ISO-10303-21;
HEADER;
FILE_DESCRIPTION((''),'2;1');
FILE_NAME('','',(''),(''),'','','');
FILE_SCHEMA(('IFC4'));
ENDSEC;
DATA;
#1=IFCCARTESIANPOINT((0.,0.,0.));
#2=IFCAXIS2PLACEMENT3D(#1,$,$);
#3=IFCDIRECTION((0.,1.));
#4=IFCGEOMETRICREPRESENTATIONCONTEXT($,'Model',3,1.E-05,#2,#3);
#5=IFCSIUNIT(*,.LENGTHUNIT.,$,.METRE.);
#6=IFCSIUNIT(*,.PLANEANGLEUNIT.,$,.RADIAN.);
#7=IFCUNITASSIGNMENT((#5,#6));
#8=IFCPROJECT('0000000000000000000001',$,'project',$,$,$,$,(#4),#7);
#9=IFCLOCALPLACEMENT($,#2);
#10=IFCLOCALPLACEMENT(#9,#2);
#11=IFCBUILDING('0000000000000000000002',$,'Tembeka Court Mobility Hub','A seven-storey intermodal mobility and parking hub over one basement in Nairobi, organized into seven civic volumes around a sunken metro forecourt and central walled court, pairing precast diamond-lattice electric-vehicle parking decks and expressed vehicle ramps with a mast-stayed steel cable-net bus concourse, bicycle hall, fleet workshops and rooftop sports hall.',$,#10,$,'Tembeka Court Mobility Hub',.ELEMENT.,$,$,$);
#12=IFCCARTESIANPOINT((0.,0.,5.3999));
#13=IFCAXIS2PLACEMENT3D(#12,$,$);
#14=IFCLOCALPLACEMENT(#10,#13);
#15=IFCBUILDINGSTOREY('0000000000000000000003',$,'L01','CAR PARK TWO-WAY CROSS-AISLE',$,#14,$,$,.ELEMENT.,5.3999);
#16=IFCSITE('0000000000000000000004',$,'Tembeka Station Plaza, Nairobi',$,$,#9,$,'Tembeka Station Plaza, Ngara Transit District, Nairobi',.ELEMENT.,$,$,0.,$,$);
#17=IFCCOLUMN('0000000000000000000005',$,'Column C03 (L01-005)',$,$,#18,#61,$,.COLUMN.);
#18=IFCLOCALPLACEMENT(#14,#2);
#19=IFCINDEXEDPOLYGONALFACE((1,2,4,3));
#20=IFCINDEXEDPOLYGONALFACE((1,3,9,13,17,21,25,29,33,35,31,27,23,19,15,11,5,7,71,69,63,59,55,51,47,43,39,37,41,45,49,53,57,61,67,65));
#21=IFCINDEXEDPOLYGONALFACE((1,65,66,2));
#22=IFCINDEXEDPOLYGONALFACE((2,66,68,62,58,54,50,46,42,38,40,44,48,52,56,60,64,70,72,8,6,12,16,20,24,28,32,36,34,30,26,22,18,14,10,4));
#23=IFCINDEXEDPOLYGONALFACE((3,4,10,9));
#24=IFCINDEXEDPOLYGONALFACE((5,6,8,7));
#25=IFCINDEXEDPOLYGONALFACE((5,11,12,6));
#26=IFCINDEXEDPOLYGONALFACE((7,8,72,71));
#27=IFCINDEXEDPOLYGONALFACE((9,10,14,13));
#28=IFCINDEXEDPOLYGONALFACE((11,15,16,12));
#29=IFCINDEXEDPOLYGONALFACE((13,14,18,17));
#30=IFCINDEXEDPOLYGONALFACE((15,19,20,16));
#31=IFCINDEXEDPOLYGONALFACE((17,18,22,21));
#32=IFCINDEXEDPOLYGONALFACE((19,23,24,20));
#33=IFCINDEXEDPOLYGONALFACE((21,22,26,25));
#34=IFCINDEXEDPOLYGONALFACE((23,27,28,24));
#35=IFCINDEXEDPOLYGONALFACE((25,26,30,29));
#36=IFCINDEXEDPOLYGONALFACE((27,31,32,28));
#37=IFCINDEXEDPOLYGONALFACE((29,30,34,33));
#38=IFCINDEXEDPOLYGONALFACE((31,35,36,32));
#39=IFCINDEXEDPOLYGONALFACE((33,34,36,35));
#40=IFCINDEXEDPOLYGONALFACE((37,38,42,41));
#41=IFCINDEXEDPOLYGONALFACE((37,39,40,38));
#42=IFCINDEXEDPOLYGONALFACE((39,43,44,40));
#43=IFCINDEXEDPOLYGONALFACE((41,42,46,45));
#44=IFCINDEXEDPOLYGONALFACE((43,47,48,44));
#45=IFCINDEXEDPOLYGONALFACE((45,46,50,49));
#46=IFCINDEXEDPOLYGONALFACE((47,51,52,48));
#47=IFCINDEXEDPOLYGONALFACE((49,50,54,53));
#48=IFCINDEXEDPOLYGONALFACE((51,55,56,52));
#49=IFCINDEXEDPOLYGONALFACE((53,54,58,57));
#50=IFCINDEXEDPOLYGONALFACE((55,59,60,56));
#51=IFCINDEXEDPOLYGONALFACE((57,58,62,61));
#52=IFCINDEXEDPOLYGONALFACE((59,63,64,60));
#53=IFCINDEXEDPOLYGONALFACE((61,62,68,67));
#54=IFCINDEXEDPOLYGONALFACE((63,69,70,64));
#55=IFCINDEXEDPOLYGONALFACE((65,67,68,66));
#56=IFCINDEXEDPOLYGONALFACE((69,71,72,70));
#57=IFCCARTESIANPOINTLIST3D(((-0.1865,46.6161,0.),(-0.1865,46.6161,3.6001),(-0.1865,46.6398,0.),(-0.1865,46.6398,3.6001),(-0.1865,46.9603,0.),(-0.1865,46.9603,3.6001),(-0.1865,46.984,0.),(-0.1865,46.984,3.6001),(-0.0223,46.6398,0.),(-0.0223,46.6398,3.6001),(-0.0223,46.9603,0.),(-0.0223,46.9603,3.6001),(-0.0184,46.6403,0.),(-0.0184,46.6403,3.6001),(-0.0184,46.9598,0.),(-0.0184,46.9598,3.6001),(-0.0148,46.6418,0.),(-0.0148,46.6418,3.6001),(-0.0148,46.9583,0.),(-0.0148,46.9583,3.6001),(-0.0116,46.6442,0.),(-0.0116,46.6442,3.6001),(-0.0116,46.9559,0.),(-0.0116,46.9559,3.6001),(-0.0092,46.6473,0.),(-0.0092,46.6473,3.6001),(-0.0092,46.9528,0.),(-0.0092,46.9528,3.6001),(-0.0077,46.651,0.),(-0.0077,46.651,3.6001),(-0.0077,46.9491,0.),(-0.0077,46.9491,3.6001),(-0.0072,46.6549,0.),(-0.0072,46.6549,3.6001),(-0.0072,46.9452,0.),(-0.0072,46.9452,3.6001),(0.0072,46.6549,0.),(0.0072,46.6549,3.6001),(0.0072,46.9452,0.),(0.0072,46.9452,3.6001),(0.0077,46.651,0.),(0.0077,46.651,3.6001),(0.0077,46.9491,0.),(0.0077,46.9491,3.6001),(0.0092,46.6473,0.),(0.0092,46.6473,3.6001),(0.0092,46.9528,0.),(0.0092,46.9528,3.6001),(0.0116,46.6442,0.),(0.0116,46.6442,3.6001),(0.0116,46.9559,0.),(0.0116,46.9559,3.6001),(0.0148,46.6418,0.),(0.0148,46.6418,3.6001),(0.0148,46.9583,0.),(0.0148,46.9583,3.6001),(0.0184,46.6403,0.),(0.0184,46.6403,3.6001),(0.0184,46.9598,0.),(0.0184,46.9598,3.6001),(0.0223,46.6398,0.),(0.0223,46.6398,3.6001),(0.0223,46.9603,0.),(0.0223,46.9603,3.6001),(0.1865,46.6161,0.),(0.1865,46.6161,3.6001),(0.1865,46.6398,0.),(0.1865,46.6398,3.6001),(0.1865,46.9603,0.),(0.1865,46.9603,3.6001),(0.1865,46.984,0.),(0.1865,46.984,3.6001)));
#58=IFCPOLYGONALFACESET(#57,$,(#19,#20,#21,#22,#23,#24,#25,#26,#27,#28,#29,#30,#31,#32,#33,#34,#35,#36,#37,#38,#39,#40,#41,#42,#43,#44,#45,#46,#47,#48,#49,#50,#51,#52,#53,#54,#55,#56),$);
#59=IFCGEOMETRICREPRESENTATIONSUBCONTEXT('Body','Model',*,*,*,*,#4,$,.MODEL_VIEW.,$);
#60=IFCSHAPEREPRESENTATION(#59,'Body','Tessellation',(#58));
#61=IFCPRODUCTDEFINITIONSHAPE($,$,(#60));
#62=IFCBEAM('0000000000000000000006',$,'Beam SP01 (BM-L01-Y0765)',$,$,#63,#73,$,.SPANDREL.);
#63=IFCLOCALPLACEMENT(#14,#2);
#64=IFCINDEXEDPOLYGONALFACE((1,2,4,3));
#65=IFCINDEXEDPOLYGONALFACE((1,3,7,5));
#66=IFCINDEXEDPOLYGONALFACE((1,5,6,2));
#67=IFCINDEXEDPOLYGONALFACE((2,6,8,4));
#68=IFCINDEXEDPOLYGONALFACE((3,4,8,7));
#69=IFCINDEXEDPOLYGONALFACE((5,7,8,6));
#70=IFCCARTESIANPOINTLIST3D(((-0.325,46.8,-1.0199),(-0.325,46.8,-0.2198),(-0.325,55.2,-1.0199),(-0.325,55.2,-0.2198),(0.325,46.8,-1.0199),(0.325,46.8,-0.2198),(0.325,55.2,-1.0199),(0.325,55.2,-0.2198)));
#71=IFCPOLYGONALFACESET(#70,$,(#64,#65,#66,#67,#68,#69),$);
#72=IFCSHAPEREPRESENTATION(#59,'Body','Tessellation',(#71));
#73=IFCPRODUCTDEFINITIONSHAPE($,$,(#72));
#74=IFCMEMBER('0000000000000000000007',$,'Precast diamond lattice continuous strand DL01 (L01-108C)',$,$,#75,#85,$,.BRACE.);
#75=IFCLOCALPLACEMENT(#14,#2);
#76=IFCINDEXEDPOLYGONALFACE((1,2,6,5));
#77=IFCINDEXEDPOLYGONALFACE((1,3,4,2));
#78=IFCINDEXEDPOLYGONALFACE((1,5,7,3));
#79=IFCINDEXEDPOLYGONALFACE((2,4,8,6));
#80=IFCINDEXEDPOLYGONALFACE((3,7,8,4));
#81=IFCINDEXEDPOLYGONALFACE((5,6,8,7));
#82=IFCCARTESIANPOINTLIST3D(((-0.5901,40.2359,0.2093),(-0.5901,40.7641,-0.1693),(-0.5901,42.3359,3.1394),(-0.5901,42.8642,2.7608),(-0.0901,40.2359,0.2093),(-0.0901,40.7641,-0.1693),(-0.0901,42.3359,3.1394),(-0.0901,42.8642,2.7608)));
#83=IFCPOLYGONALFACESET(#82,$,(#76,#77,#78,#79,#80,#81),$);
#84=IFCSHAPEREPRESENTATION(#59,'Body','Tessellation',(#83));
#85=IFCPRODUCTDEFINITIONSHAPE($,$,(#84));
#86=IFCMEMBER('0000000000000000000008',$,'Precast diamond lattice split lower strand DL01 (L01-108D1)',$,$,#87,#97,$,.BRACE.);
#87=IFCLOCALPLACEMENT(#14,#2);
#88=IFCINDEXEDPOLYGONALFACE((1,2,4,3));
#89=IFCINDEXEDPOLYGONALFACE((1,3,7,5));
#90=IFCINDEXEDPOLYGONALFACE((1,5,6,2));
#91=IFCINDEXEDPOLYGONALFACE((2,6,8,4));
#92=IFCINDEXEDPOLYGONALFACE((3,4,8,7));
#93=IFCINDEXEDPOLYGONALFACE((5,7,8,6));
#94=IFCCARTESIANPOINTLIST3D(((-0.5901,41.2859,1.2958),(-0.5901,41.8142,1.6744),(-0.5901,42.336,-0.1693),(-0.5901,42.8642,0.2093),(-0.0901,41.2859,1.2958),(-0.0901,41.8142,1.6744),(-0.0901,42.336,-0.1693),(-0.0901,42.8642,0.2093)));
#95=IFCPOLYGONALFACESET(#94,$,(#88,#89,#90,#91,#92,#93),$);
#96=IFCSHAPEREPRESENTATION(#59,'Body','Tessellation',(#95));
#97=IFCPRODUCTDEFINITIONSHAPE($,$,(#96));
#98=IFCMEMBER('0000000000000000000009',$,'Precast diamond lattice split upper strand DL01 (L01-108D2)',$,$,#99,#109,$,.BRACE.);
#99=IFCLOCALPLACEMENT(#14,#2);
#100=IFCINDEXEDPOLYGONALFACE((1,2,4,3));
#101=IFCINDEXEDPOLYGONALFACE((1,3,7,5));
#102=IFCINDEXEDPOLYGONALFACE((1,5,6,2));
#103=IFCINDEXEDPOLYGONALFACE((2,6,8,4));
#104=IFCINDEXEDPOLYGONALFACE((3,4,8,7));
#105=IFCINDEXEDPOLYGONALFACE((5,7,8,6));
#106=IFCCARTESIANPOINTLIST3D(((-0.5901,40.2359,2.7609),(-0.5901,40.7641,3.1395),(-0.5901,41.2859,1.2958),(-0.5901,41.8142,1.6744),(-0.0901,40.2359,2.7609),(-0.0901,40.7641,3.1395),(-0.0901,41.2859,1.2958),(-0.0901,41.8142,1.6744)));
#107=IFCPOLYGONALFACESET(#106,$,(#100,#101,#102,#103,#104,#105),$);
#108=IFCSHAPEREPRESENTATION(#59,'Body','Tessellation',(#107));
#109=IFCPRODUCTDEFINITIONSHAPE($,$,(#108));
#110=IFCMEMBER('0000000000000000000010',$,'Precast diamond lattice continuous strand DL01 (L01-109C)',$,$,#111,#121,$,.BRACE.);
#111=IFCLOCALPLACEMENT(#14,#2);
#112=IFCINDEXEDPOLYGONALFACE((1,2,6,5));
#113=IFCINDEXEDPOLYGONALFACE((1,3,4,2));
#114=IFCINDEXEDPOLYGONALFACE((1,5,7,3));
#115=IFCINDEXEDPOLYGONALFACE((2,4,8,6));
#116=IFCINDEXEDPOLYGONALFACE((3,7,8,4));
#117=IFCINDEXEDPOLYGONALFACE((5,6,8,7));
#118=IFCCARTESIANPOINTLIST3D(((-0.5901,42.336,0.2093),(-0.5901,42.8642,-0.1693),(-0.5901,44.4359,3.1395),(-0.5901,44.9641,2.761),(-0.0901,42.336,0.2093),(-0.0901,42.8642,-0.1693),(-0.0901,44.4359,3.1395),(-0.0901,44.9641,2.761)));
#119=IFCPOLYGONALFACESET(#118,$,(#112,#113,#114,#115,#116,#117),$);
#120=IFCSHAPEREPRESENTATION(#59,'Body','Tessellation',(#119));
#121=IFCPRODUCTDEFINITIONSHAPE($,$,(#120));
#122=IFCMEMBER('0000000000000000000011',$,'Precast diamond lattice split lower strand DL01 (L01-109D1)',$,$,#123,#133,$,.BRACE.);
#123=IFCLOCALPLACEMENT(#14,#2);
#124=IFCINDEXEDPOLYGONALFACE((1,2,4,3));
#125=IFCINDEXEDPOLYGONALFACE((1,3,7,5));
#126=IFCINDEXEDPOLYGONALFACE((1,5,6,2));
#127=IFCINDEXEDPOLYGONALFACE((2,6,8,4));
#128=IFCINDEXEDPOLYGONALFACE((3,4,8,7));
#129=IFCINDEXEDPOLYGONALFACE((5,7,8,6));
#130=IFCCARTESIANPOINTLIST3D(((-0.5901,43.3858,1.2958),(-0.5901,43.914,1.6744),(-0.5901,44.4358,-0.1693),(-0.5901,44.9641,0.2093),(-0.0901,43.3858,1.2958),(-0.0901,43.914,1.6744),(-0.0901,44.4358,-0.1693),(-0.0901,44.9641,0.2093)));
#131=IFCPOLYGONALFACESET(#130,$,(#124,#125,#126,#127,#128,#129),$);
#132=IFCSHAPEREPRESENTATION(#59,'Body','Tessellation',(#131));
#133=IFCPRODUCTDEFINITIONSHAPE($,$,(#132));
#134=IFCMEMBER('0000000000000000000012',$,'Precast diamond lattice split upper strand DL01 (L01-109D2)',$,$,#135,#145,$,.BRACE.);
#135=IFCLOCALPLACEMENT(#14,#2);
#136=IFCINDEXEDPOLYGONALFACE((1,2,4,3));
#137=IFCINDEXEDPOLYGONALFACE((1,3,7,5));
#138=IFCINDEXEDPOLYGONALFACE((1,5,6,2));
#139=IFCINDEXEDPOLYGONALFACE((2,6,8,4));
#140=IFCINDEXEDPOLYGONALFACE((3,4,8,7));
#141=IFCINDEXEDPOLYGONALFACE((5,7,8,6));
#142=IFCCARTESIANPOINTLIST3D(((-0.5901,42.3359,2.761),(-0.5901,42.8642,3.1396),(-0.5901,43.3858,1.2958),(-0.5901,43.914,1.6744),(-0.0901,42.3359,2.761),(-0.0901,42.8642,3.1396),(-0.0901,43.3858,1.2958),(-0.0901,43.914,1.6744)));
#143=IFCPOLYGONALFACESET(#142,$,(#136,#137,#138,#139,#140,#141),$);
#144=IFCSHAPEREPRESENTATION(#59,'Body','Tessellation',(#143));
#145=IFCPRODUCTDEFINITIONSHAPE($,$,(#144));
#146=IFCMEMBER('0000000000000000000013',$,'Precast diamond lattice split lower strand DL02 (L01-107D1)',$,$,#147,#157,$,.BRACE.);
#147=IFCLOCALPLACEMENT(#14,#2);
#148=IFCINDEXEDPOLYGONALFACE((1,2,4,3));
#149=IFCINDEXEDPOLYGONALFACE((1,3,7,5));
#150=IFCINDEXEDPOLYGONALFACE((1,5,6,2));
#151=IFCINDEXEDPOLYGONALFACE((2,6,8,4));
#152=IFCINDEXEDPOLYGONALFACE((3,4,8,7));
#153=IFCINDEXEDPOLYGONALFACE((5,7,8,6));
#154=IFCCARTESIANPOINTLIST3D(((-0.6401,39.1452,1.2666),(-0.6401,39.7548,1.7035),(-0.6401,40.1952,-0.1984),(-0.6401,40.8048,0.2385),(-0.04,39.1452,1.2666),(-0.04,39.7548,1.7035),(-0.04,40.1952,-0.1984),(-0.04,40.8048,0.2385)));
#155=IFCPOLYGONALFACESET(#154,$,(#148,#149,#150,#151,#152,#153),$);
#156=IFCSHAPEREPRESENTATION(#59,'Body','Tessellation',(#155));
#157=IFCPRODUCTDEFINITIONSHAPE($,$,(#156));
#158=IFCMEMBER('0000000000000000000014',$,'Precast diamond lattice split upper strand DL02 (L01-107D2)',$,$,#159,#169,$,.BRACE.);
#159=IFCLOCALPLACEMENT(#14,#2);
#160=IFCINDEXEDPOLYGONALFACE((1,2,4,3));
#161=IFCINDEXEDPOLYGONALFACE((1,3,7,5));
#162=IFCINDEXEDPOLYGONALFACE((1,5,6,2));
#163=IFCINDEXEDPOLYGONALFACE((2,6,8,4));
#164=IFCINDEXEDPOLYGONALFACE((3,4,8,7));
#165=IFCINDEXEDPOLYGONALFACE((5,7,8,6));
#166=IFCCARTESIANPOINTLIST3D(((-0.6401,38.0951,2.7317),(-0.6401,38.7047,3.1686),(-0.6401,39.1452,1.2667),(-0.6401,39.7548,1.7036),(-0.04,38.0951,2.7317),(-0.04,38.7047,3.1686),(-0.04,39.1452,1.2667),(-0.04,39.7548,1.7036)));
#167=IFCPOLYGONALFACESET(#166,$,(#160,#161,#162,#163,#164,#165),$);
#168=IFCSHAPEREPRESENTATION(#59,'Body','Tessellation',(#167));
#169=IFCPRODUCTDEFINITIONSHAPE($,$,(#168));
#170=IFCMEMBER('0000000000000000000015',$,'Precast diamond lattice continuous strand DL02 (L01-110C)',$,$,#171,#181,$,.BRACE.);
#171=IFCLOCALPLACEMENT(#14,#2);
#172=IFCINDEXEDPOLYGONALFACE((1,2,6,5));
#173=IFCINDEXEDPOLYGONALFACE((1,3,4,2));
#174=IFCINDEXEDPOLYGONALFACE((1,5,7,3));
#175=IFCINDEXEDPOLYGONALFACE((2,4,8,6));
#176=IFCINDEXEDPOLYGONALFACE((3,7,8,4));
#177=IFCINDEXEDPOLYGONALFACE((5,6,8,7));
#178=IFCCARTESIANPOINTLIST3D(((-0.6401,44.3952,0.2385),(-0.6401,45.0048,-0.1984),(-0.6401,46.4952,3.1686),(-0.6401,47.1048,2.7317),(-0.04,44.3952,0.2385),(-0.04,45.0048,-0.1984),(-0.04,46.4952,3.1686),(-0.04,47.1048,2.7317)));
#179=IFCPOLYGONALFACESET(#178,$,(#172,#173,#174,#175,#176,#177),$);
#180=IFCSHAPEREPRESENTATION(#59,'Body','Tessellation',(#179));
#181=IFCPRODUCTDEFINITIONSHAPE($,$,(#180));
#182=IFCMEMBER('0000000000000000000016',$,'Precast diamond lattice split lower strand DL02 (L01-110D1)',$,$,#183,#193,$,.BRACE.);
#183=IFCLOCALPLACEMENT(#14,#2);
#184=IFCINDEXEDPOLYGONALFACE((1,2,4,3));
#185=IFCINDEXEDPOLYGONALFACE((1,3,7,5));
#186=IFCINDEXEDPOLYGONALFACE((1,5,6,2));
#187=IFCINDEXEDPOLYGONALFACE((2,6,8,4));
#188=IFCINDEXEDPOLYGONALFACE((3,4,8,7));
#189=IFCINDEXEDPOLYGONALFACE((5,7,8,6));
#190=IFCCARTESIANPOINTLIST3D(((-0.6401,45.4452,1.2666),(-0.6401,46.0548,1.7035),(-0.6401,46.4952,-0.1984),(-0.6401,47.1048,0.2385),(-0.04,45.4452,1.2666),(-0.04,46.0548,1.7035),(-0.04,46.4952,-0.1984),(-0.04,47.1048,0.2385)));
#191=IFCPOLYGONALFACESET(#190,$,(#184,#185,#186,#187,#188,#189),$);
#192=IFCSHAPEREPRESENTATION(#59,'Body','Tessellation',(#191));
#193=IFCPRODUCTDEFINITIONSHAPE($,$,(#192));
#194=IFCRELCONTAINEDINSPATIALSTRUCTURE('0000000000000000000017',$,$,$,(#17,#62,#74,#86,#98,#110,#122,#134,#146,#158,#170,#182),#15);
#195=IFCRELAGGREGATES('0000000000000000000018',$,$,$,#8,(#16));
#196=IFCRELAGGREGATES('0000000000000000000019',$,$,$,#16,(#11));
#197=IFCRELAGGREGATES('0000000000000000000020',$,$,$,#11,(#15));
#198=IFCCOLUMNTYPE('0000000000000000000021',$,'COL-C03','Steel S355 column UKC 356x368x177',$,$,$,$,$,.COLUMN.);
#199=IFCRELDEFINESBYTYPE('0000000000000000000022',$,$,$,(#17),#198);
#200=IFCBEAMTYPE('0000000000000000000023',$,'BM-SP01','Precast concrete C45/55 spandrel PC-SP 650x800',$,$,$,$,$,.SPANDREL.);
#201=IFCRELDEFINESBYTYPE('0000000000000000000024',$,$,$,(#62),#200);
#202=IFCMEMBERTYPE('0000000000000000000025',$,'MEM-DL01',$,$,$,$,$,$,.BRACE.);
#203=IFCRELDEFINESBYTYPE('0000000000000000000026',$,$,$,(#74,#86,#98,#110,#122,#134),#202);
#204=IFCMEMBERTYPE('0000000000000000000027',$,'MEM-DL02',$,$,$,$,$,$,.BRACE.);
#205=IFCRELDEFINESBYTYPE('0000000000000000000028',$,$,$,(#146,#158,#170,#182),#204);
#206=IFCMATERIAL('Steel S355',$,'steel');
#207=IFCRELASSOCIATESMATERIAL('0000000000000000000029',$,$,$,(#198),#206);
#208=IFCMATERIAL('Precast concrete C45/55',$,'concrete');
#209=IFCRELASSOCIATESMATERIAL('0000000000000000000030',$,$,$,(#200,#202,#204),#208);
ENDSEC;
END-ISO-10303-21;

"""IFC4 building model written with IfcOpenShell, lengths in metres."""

from ifc_helpers import new_model, si_unit, direction, frame, origin, origin_2d, place, context, subcontext, project, spatial, rectangle, i_section, extrude, material, material_profile, profile_set, type_object, element, save


model = new_model("IFC4")

# Units and contexts
model_context = context("Model", 3, precision=1e-05, world=origin(), true_north=direction((0.0, 1.0)))
body_context = subcontext(model_context, "Body", "Model", "MODEL_VIEW")
ifc_project = project(units=[si_unit("LENGTHUNIT", "METRE"), si_unit("PLANEANGLEUNIT", "RADIAN")], contexts=[model_context])

# Site, building, storey
site_placement = place(None, origin())
site = spatial("IfcSite", under=ifc_project, at=site_placement, Name="Tembeka Station Plaza, Nairobi", LongName="Tembeka Station Plaza, Ngara Transit District, Nairobi", CompositionType="ELEMENT", RefElevation=0.0)
building_placement = place(site_placement, origin())
building = spatial("IfcBuilding", under=site, at=building_placement, Name="Tembeka Court Mobility Hub", Description="A seven-storey intermodal mobility and parking hub over one basement in Nairobi, organized into seven civic volumes around a sunken metro forecourt and central walled court, pairing precast diamond-lattice electric-vehicle parking decks and expressed vehicle ramps with a mast-stayed steel cable-net bus concourse, bicycle hall, fleet workshops and rooftop sports hall.", LongName="Tembeka Court Mobility Hub", CompositionType="ELEMENT")
storey_placement = place(building_placement, frame((0.0, 0.0, 5.3999)))
storey = spatial("IfcBuildingStorey", under=building, at=storey_placement, Name="L01", Description="CAR PARK TWO-WAY CROSS-AISLE", CompositionType="ELEMENT", Elevation=5.3999)

# Column
ifc_material_1 = material(Name="Steel S355", Category="steel")
ifc_material_profile_1 = material_profile(ifc_material_1, i_section(OverallWidth=0.373, OverallDepth=0.3679, WebThickness=0.0144, FlangeThickness=0.0237, FilletRadius=0.0151, at=origin_2d()), Name="UKC 356x368x177")
ifc_profile_set_1 = profile_set([ifc_material_profile_1], Name="Steel S355")
column_type = type_object("IfcColumnType", Name="COL-C03", Description="Steel S355 column UKC 356x368x177", PredefinedType="COLUMN", material=ifc_profile_set_1)
column_placement = place(storey_placement, frame((0.0, 46.8, 0.0), z_axis=(0.0, 0.0, 1.0), x_axis=(1.0, 0.0, 0.0)))
element("IfcColumn", 1, at=column_placement, inside=storey, type_object=column_type, Name="Column C03 (L01-005)", PredefinedType="COLUMN", context=body_context, shape_type="SweptSolid", body=[
    extrude(i_section(OverallWidth=0.373, OverallDepth=0.3679, WebThickness=0.0144, FlangeThickness=0.0237, FilletRadius=0.0151, at=origin_2d()), origin(), (0.0, 0.0, 1.0), 3.6001),
])

# Beam
ifc_material_2 = material(Name="Precast concrete C45/55", Category="concrete")
ifc_material_profile_2 = material_profile(ifc_material_2, rectangle(XDim=0.6499, YDim=0.8, at=origin_2d()), Name="PC-SP 650x800")
ifc_profile_set_2 = profile_set([ifc_material_profile_2], Name="Precast concrete C45/55")
beam_type = type_object("IfcBeamType", Name="BM-SP01", Description="Precast concrete C45/55 spandrel PC-SP 650x800", PredefinedType="SPANDREL", material=ifc_profile_set_2)
beam_placement = place(storey_placement, frame((0.0, 46.8, -0.6199), z_axis=(0.0, 1.0, 0.0), x_axis=(-1.0, 0.0, 0.0)))
element("IfcBeam", 2, at=beam_placement, inside=storey, type_object=beam_type, Name="Beam SP01 (BM-L01-Y0765)", PredefinedType="SPANDREL", context=body_context, shape_type="SweptSolid", body=[
    extrude(rectangle(XDim=0.6499, YDim=0.8, at=origin_2d()), origin(), (0.0, 0.0, 1.0), 8.3999),
])

# Members
ifc_material_profile_3 = material_profile(ifc_material_2, rectangle(XDim=0.5, YDim=0.6499, at=origin_2d()), Name="PC-DIAG 500x650")
ifc_profile_set_3 = profile_set([ifc_material_profile_3], Name="Precast concrete C45/55")
member_type_1 = type_object("IfcMemberType", Name="MEM-DL01", PredefinedType="BRACE", material=ifc_profile_set_3)
member_1_placement = place(storey_placement, frame((-0.3401, 40.5, 0.02), z_axis=(0.0, 0.582544, 0.812799), x_axis=(-1.0, 0.0, 0.0)))
element("IfcMember", 3, at=member_1_placement, inside=storey, type_object=member_type_1, Name="Precast diamond lattice continuous strand DL01 (L01-108C)", PredefinedType="BRACE", context=body_context, shape_type="SweptSolid", body=[
    extrude(rectangle(XDim=0.5, YDim=0.6499, at=origin_2d()), origin(), (0.0, 0.0, 1.0), 3.605),
])
for number, where, z_axis, x_axis, name in (
    (4, (-0.3401, 42.6001, 0.02), (0.0, -0.582544, 0.812799), (1.0, 0.0, 0.0), "Precast diamond lattice split lower strand DL01 (L01-108D1)"),
    (5, (-0.3401, 41.55, 1.4851), (0.0, -0.582544, 0.812799), (1.0, 0.0, 0.0), "Precast diamond lattice split upper strand DL01 (L01-108D2)"),
):
    element("IfcMember", number, at=place(storey_placement, frame(where, z_axis=z_axis, x_axis=x_axis)), inside=storey, type_object=member_type_1, Name=name, PredefinedType="BRACE", context=body_context, shape_type="SweptSolid", body=[
        extrude(rectangle(XDim=0.5, YDim=0.6499, at=origin_2d()), origin(), (0.0, 0.0, 1.0), 1.8025),
    ])
member_2_placement = place(storey_placement, frame((-0.3401, 42.6001, 0.02), z_axis=(0.0, 0.5825, 0.812831), x_axis=(-1.0, 0.0, 0.0)))
element("IfcMember", 6, at=member_2_placement, inside=storey, type_object=member_type_1, Name="Precast diamond lattice continuous strand DL01 (L01-109C)", PredefinedType="BRACE", context=body_context, shape_type="SweptSolid", body=[
    extrude(rectangle(XDim=0.5, YDim=0.6499, at=origin_2d()), origin(), (0.0, 0.0, 1.0), 3.605),
])
for number, where, z_axis, x_axis, name in (
    (7, (-0.3401, 44.7, 0.02), (0.0, -0.582544, 0.812799), (1.0, 0.0, 0.0), "Precast diamond lattice split lower strand DL01 (L01-109D1)"),
    (8, (-0.3401, 43.6499, 1.4851), (0.0, -0.582455, 0.812863), (1.0, 0.0, 0.0), "Precast diamond lattice split upper strand DL01 (L01-109D2)"),
):
    element("IfcMember", number, at=place(storey_placement, frame(where, z_axis=z_axis, x_axis=x_axis)), inside=storey, type_object=member_type_1, Name=name, PredefinedType="BRACE", context=body_context, shape_type="SweptSolid", body=[
        extrude(rectangle(XDim=0.5, YDim=0.6499, at=origin_2d()), origin(), (0.0, 0.0, 1.0), 1.8025),
    ])
ifc_material_profile_4 = material_profile(ifc_material_2, rectangle(XDim=0.6001, YDim=0.75, at=origin_2d()), Name="PC-DIAG 600x750")
ifc_profile_set_4 = profile_set([ifc_material_profile_4], Name="Precast concrete C45/55")
member_type_2 = type_object("IfcMemberType", Name="MEM-DL02", PredefinedType="BRACE", material=ifc_profile_set_4)
for number, where, z_axis, x_axis, name in (
    (9, (-0.3401, 40.5, 0.02), (0.0, -0.582544, 0.812799), (1.0, 0.0, 0.0), "Precast diamond lattice split lower strand DL02 (L01-107D1)"),
    (10, (-0.3401, 39.45, 1.4851), (0.0, -0.582544, 0.812799), (1.0, 0.0, 0.0), "Precast diamond lattice split upper strand DL02 (L01-107D2)"),
):
    element("IfcMember", number, at=place(storey_placement, frame(where, z_axis=z_axis, x_axis=x_axis)), inside=storey, type_object=member_type_2, Name=name, PredefinedType="BRACE", context=body_context, shape_type="SweptSolid", body=[
        extrude(rectangle(XDim=0.6001, YDim=0.75, at=origin_2d()), origin(), (0.0, 0.0, 1.0), 1.8025),
    ])
member_3_placement = place(storey_placement, frame((-0.3401, 44.7, 0.02), z_axis=(0.0, 0.582544, 0.812799), x_axis=(-1.0, 0.0, 0.0)))
element("IfcMember", 11, at=member_3_placement, inside=storey, type_object=member_type_2, Name="Precast diamond lattice continuous strand DL02 (L01-110C)", PredefinedType="BRACE", context=body_context, shape_type="SweptSolid", body=[
    extrude(rectangle(XDim=0.6001, YDim=0.75, at=origin_2d()), origin(), (0.0, 0.0, 1.0), 3.605),
])
for number, where, z_axis, x_axis, name in (
    (12, (-0.3401, 46.8, 0.02), (0.0, -0.582544, 0.812799), (1.0, 0.0, 0.0), "Precast diamond lattice split lower strand DL02 (L01-110D1)"),
):
    element("IfcMember", number, at=place(storey_placement, frame(where, z_axis=z_axis, x_axis=x_axis)), inside=storey, type_object=member_type_2, Name=name, PredefinedType="BRACE", context=body_context, shape_type="SweptSolid", body=[
        extrude(rectangle(XDim=0.6001, YDim=0.75, at=origin_2d()), origin(), (0.0, 0.0, 1.0), 1.8025),
    ])

save(model, "model.ifc")
